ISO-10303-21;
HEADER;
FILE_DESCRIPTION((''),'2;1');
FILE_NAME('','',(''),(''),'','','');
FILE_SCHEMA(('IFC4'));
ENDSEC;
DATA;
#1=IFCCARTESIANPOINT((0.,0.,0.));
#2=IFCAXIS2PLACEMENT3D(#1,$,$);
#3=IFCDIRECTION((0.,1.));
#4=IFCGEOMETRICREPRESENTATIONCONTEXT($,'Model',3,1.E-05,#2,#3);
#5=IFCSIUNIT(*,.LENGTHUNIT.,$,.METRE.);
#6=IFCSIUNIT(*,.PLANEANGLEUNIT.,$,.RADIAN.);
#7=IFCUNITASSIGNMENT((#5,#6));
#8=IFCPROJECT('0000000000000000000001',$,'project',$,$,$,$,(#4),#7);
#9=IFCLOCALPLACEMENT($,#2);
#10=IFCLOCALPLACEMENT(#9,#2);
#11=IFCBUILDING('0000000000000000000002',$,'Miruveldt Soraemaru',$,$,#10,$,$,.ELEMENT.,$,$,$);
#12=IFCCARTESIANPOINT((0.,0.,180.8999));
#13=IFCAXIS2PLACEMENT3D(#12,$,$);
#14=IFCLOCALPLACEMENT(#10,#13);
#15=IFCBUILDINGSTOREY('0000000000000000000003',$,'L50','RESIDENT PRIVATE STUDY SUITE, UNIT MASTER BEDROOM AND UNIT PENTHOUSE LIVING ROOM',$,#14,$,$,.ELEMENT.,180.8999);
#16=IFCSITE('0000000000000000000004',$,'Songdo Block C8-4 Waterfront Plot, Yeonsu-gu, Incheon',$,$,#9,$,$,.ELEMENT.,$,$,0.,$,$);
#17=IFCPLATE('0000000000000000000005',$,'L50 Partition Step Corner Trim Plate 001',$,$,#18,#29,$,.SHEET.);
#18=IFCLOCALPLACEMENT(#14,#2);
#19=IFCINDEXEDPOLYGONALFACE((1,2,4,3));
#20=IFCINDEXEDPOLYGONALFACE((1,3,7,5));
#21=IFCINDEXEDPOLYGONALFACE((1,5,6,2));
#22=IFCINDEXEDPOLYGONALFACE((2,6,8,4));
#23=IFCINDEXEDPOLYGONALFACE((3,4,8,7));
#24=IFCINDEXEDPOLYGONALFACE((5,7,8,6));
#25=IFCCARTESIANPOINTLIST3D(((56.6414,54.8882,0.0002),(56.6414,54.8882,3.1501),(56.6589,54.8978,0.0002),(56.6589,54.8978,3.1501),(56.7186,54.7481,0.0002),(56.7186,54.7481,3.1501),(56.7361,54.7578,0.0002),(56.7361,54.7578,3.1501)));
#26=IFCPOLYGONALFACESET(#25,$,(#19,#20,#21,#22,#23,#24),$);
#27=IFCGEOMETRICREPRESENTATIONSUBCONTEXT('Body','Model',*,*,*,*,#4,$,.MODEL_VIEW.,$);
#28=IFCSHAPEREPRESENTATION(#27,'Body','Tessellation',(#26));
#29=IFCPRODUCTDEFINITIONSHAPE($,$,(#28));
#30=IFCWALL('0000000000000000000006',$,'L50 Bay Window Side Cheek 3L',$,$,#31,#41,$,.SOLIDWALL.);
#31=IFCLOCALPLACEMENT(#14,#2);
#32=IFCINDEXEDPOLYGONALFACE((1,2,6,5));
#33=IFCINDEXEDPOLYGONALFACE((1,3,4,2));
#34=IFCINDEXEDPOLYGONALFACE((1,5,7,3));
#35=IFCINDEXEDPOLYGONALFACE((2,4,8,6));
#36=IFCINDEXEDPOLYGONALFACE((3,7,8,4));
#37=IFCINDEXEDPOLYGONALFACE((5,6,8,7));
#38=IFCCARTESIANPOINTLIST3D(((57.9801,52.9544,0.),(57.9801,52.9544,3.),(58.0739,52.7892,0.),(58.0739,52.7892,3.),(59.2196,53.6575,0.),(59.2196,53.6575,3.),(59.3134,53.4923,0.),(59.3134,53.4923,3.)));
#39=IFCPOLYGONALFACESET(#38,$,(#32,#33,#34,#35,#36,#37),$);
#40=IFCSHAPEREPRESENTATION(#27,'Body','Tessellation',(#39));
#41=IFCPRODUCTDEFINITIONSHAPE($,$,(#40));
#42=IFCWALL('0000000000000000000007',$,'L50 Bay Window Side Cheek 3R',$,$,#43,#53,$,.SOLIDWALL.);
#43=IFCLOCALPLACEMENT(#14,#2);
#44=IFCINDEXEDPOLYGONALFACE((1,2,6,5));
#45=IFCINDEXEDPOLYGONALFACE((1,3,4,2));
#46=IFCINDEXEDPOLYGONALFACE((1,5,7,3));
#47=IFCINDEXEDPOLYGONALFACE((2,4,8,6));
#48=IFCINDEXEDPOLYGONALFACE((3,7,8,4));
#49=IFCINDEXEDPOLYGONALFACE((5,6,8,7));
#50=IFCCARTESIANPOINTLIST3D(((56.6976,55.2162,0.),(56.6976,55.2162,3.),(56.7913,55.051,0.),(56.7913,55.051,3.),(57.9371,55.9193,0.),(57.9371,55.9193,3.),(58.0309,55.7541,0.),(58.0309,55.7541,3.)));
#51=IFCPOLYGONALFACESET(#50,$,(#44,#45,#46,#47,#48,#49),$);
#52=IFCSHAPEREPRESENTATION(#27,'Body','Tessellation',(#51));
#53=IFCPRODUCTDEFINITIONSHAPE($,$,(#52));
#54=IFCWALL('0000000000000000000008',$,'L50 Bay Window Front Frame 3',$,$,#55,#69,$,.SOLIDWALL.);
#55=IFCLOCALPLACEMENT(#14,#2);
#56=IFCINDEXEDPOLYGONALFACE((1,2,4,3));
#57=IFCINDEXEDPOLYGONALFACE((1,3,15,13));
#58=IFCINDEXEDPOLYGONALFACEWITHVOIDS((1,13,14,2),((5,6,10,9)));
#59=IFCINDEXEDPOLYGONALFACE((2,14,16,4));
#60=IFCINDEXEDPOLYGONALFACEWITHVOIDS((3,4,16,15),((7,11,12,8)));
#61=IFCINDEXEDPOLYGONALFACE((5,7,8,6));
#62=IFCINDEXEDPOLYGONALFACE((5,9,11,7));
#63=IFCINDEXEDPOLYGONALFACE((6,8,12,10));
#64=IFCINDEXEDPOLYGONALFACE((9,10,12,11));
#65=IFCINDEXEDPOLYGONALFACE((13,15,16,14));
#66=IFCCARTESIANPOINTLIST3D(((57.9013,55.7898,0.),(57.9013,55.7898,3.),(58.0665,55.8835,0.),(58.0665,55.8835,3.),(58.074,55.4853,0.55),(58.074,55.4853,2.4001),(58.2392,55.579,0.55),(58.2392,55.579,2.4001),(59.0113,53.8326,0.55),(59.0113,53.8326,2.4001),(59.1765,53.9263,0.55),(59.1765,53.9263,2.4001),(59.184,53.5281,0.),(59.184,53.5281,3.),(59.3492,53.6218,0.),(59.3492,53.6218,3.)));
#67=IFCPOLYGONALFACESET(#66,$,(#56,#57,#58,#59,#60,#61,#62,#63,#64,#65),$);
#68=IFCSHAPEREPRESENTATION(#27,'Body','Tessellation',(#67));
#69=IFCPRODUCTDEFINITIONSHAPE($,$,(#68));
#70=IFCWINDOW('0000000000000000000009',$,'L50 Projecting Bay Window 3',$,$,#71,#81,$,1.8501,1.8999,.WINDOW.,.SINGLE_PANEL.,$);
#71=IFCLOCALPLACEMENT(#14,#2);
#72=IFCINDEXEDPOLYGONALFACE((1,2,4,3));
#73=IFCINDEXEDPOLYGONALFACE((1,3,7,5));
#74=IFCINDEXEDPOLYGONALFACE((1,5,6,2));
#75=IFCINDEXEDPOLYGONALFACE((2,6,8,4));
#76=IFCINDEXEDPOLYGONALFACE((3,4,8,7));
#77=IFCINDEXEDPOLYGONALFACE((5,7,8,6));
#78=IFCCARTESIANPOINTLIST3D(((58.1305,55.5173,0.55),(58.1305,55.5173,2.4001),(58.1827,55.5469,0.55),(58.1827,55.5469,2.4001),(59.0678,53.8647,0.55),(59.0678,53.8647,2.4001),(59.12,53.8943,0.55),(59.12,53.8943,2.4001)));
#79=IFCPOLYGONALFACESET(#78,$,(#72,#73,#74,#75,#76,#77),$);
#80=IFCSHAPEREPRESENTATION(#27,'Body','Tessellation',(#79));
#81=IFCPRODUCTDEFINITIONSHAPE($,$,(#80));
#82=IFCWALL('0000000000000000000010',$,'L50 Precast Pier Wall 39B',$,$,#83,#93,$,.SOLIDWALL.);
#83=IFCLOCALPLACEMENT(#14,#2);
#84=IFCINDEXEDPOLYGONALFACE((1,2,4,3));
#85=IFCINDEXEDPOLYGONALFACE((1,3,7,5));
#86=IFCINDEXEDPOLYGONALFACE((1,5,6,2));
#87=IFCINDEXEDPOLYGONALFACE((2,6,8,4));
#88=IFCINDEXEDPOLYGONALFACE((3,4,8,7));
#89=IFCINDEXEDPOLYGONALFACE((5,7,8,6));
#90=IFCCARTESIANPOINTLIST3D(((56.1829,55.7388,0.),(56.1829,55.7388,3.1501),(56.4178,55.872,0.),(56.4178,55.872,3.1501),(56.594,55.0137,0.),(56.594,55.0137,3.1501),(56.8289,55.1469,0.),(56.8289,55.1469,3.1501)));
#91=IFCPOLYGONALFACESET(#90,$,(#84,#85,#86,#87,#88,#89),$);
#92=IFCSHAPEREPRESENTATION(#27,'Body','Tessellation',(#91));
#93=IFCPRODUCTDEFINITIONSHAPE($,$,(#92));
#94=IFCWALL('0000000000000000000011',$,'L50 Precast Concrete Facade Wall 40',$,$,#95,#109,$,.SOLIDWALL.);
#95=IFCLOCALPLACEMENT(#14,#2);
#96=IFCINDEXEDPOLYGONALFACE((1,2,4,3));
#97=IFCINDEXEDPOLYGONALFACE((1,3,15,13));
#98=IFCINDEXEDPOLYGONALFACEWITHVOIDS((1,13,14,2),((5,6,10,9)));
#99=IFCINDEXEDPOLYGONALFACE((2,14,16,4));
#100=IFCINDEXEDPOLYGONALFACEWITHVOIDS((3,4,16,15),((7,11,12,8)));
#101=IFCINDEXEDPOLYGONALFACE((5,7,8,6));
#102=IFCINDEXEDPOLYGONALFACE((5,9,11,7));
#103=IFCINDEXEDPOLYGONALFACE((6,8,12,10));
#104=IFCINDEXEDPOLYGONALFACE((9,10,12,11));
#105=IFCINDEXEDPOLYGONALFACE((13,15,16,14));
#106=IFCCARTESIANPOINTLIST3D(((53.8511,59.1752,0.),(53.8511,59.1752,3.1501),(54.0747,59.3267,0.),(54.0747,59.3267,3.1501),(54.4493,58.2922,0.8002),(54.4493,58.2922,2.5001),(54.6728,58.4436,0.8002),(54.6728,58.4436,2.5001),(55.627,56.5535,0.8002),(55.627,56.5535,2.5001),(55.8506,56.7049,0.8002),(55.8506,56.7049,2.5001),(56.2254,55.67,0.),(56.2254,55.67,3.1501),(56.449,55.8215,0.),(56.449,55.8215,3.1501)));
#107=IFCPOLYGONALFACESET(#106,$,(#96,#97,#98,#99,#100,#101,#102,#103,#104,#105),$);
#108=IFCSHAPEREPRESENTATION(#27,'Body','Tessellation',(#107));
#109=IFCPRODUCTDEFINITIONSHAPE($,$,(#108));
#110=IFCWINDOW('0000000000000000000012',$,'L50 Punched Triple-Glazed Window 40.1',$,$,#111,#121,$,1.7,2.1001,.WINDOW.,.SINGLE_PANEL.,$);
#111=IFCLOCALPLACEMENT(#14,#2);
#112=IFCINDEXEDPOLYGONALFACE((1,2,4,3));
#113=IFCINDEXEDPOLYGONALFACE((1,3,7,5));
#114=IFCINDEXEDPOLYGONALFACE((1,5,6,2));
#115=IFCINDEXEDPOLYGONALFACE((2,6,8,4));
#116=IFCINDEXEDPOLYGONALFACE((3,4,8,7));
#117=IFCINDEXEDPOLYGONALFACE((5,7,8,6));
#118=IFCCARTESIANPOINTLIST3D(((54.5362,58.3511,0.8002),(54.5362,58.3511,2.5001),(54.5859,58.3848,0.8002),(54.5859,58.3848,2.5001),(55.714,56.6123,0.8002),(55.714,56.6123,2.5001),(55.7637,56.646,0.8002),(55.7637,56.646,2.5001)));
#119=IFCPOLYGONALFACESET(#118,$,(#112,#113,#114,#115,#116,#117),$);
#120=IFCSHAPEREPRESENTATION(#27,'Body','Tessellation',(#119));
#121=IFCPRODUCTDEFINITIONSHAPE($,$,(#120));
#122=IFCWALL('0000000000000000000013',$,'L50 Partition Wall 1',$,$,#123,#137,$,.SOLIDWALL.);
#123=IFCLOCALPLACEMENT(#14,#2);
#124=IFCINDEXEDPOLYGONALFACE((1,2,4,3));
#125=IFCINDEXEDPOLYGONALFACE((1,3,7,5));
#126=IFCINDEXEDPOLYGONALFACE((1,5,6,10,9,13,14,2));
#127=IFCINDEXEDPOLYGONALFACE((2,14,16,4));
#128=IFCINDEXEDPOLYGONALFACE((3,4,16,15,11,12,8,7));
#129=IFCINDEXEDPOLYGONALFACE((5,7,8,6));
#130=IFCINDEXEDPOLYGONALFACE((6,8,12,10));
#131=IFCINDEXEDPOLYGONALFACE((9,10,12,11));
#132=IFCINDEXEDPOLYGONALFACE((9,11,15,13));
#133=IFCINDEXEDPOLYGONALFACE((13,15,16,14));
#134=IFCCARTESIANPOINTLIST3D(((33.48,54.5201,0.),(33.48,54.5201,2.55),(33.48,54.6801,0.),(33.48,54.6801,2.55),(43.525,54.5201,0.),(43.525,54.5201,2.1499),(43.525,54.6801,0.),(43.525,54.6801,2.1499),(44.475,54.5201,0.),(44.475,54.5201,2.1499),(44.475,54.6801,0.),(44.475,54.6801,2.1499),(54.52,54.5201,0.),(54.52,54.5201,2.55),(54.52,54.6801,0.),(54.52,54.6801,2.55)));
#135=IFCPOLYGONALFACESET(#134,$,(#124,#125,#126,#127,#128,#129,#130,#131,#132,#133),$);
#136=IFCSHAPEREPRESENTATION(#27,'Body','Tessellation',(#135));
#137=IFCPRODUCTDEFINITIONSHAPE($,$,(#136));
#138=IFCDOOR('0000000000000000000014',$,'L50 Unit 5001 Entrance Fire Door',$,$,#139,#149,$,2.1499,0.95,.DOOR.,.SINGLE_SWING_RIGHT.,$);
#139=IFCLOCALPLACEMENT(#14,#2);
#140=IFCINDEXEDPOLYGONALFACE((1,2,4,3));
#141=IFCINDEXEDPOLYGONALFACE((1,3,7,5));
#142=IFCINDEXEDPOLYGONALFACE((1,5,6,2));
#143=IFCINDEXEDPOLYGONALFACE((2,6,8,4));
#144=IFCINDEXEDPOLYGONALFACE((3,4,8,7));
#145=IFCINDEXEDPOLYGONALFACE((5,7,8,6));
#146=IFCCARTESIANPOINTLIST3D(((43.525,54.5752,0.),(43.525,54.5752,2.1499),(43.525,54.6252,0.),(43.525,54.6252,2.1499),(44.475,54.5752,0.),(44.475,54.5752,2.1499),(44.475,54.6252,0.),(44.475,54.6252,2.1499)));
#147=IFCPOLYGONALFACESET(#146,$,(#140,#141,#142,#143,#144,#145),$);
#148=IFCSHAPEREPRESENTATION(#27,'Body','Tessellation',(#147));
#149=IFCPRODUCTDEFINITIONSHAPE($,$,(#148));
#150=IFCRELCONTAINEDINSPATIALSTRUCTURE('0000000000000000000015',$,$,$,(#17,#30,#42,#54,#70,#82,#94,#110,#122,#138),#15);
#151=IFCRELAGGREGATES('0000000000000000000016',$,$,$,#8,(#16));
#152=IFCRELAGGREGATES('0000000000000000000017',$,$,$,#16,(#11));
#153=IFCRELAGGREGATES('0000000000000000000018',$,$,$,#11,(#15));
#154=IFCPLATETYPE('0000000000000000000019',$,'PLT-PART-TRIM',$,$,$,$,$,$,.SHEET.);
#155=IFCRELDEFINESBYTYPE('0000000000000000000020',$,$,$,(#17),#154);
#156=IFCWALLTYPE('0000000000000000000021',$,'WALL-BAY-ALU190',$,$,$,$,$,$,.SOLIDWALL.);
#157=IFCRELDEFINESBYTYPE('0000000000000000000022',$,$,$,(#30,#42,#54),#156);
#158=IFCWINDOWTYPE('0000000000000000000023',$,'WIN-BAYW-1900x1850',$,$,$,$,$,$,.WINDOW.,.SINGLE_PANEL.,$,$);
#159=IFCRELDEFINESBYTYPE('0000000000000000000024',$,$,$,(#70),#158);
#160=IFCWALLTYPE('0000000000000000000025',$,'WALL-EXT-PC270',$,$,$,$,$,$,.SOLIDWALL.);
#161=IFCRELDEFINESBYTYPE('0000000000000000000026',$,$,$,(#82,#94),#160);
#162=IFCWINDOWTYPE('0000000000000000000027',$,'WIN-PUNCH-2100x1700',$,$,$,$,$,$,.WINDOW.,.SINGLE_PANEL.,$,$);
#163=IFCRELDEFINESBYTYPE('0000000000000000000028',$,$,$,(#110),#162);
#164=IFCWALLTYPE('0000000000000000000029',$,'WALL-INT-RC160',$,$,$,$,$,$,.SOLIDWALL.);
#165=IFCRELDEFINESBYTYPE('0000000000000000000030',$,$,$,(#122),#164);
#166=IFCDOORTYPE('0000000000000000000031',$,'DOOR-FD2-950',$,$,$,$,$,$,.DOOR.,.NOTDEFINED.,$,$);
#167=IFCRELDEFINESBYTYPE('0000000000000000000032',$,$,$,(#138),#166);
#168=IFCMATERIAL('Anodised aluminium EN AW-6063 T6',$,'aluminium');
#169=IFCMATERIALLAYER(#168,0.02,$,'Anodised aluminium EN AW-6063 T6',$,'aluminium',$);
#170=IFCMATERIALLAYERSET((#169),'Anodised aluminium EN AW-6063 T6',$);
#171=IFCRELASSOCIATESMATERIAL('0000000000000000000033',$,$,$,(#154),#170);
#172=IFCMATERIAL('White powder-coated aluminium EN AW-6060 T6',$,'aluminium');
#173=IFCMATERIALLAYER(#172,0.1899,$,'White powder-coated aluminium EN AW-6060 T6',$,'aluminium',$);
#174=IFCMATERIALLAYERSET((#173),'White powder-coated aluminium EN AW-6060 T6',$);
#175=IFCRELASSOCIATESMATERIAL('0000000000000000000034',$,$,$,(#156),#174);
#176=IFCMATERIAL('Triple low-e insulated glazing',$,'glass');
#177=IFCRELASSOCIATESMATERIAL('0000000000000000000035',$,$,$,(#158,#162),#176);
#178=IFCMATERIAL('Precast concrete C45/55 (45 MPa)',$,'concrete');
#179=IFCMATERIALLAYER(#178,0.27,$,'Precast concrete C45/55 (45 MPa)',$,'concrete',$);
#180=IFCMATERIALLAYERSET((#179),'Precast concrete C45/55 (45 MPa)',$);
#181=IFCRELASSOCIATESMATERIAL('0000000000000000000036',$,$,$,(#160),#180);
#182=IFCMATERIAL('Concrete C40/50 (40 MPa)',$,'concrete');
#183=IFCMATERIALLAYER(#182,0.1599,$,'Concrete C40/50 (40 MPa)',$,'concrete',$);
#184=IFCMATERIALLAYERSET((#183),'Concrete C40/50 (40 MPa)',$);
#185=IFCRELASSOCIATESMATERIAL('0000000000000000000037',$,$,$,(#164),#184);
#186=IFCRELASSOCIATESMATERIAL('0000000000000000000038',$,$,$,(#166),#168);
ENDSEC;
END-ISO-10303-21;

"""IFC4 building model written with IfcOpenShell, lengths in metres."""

from ifc_helpers import new_model, si_unit, direction, frame, frame_2d, origin, origin_2d, place, context, subcontext, project, spatial, rectangle, extrude, material, layer, layer_set, type_object, element, fill, save


model = new_model("IFC4")

# Units and contexts
model_context = context("Model", 3, precision=1e-05, world=origin(), true_north=direction((0.0, 1.0)))
body_context = subcontext(model_context, "Body", "Model", "MODEL_VIEW")
ifc_project = project(units=[si_unit("LENGTHUNIT", "METRE"), si_unit("PLANEANGLEUNIT", "RADIAN")], contexts=[model_context])

# Site, building, storey
site_placement = place(None, origin())
site = spatial("IfcSite", under=ifc_project, at=site_placement, Name="Songdo Block C8-4 Waterfront Plot, Yeonsu-gu, Incheon", CompositionType="ELEMENT", RefElevation=0.0)
building_placement = place(site_placement, origin())
building = spatial("IfcBuilding", under=site, at=building_placement, Name="Miruveldt Soraemaru", CompositionType="ELEMENT")
storey_placement = place(building_placement, frame((0.0, 0.0, 180.8999)))
storey = spatial("IfcBuildingStorey", under=building, at=storey_placement, Name="L50", Description="RESIDENT PRIVATE STUDY SUITE, UNIT MASTER BEDROOM AND UNIT PENTHOUSE LIVING ROOM", CompositionType="ELEMENT", Elevation=180.8999)

# Plate
ifc_material_1 = material(Name="Anodised aluminium EN AW-6063 T6", Category="aluminium")
ifc_layer_1 = layer(ifc_material_1, 0.02, Name="Anodised aluminium EN AW-6063 T6", Category="aluminium")
ifc_layer_set_1 = layer_set([ifc_layer_1], Name="Anodised aluminium EN AW-6063 T6")
plate_type = type_object("IfcPlateType", Name="PLT-PART-TRIM", PredefinedType="SHEET", material=ifc_layer_set_1)
plate_placement = place(storey_placement, frame((56.6887, 54.823, 0.0002), z_axis=(0.0, 0.0, 1.0), x_axis=(-0.482824, 0.875717, 0.0)))
element("IfcPlate", 1, at=plate_placement, inside=storey, type_object=plate_type, Name="L50 Partition Step Corner Trim Plate 001", PredefinedType="SHEET", context=body_context, shape_type="SweptSolid", body=[
    extrude(rectangle(XDim=0.1599, YDim=0.02, at=origin_2d()), origin(), (0.0, 0.0, 1.0), 3.1499),
])

# Walls
ifc_material_2 = material(Name="White powder-coated aluminium EN AW-6060 T6", Category="aluminium")
ifc_layer_2 = layer(ifc_material_2, 0.1899, Name="White powder-coated aluminium EN AW-6060 T6", Category="aluminium")
ifc_layer_set_2 = layer_set([ifc_layer_2], Name="White powder-coated aluminium EN AW-6060 T6")
wall_type_1 = type_object("IfcWallType", Name="WALL-BAY-ALU190", PredefinedType="SOLIDWALL", material=ifc_layer_set_2)
for number, where, z_axis, x_axis, name in (
    (2, (58.0271, 52.8718, 0.0), (0.0, 0.0, 1.0), (0.869799, 0.493406, 0.0), "L50 Bay Window Side Cheek 3L"),
    (3, (57.9839, 55.8367, 0.0), (0.0, 0.0, 1.0), (-0.869799, -0.493406, 0.0), "L50 Bay Window Side Cheek 3R"),
):
    element("IfcWall", number, at=place(storey_placement, frame(where, z_axis=z_axis, x_axis=x_axis)), inside=storey, type_object=wall_type_1, Name=name, PredefinedType="SOLIDWALL", context=body_context, shape_type="SweptSolid", body=[
        extrude(rectangle(XDim=1.425, YDim=0.1899, at=frame_2d((0.7124, 0.0))), origin(), (0.0, 0.0, 1.0), 3.0),
    ])

# Wall, opening, window
wall_1_placement = place(storey_placement, frame((59.2666, 53.575, 0.0), z_axis=(0.0, 0.0, 1.0), x_axis=(-0.493325, 0.869845, 0.0)))
wall_1 = element("IfcWall", 4, at=wall_1_placement, inside=storey, type_object=wall_type_1, Name="L50 Bay Window Front Frame 3", PredefinedType="SOLIDWALL", context=body_context, shape_type="SweptSolid", body=[
    extrude(rectangle(XDim=2.6001, YDim=0.1899, at=frame_2d((1.3, 0.0))), origin(), (0.0, 0.0, 1.0), 3.0),
])
opening_1_placement = place(wall_1_placement, frame((0.3501, 0.0, 0.55)))
opening_1 = element("IfcOpeningElement", 5, at=opening_1_placement, cuts=wall_1, PredefinedType="OPENING", context=body_context, shape_type="SweptSolid", body=[
    extrude(rectangle(XDim=1.8999, YDim=1.8501, at=frame_2d((0.95, 0.925))), frame((0.0, 0.105, 0.0), z_axis=(0.0, -1.0, 0.0), x_axis=(1.0, 0.0, 0.0)), (0.0, 0.0, 1.0), 0.21),
])
ifc_material_3 = material(Name="Triple low-e insulated glazing", Category="glass")
window_type_1 = type_object("IfcWindowType", Name="WIN-BAYW-1900x1850", PartitioningType="SINGLE_PANEL", PredefinedType="WINDOW", material=ifc_material_3)
window_1_placement = place(opening_1_placement, origin())
window_1 = element("IfcWindow", 6, at=window_1_placement, inside=storey, type_object=window_type_1, Name="L50 Projecting Bay Window 3", OverallHeight=1.8501, OverallWidth=1.8999, PartitioningType="SINGLE_PANEL", PredefinedType="WINDOW", context=body_context, shape_type="SweptSolid", body=[
    extrude(rectangle(XDim=1.8999, YDim=1.8501, at=frame_2d((0.95, 0.925))), frame((0.0, 0.03, 0.0), z_axis=(0.0, -1.0, 0.0), x_axis=(1.0, 0.0, 0.0)), (0.0, 0.0, 1.0), 0.0601),
])
fill(opening_1, window_1)

# Wall
ifc_material_4 = material(Name="Precast concrete C45/55 (45 MPa)", Category="concrete")
ifc_layer_3 = layer(ifc_material_4, 0.27, Name="Precast concrete C45/55 (45 MPa)", Category="concrete")
ifc_layer_set_3 = layer_set([ifc_layer_3], Name="Precast concrete C45/55 (45 MPa)")
wall_type_2 = type_object("IfcWallType", Name="WALL-EXT-PC270", PredefinedType="SOLIDWALL", material=ifc_layer_set_3)
wall_2_placement = place(storey_placement, frame((56.7114, 55.0803, 0.0), z_axis=(0.0, 0.0, 1.0), x_axis=(-0.493234, 0.869897, 0.0)))
element("IfcWall", 7, at=wall_2_placement, inside=storey, type_object=wall_type_2, Name="L50 Precast Pier Wall 39B", PredefinedType="SOLIDWALL", context=body_context, shape_type="SweptSolid", body=[
    extrude(rectangle(XDim=0.8335, YDim=0.27, at=frame_2d((0.4167, 0.0))), origin(), (0.0, 0.0, 1.0), 3.1501),
])

# Wall, opening, window
wall_3_placement = place(storey_placement, frame((56.3372, 55.7458, 0.0), z_axis=(0.0, 0.0, 1.0), x_axis=(-0.56082, 0.827938, 0.0)))
wall_3 = element("IfcWall", 8, at=wall_3_placement, inside=storey, type_object=wall_type_2, Name="L50 Precast Concrete Facade Wall 40", PredefinedType="SOLIDWALL", context=body_context, shape_type="SweptSolid", body=[
    extrude(rectangle(XDim=4.2336, YDim=0.27, at=frame_2d((2.1167, 0.0))), origin(), (0.0, 0.0, 1.0), 3.1501),
])
opening_2_placement = place(wall_3_placement, frame((1.0669, 0.0, 0.8)))
opening_2 = element("IfcOpeningElement", 9, at=opening_2_placement, cuts=wall_3, PredefinedType="OPENING", context=body_context, shape_type="SweptSolid", body=[
    extrude(rectangle(XDim=2.1001, YDim=1.7, at=frame_2d((1.05, 0.8501))), frame((0.0, 0.145, 0.0), z_axis=(0.0, -1.0, 0.0), x_axis=(1.0, 0.0, 0.0)), (0.0, 0.0, 1.0), 0.29),
])
window_type_2 = type_object("IfcWindowType", Name="WIN-PUNCH-2100x1700", PartitioningType="SINGLE_PANEL", PredefinedType="WINDOW", material=ifc_material_3)
window_2_placement = place(opening_2_placement, origin())
window_2 = element("IfcWindow", 10, at=window_2_placement, inside=storey, type_object=window_type_2, Name="L50 Punched Triple-Glazed Window 40.1", OverallHeight=1.7, OverallWidth=2.1001, PartitioningType="SINGLE_PANEL", PredefinedType="WINDOW", context=body_context, shape_type="SweptSolid", body=[
    extrude(rectangle(XDim=2.1001, YDim=1.7, at=frame_2d((1.05, 0.8501))), frame((0.0, 0.03, 0.0), z_axis=(0.0, -1.0, 0.0), x_axis=(1.0, 0.0, 0.0)), (0.0, 0.0, 1.0), 0.0601),
])
fill(opening_2, window_2)

# Wall, opening, door
ifc_material_5 = material(Name="Concrete C40/50 (40 MPa)", Category="concrete")
ifc_layer_4 = layer(ifc_material_5, 0.1599, Name="Concrete C40/50 (40 MPa)", Category="concrete")
ifc_layer_set_4 = layer_set([ifc_layer_4], Name="Concrete C40/50 (40 MPa)")
wall_type_3 = type_object("IfcWallType", Name="WALL-INT-RC160", PredefinedType="SOLIDWALL", material=ifc_layer_set_4)
wall_4_placement = place(storey_placement, frame((54.52, 54.6001, 0.0), z_axis=(0.0, 0.0, 1.0), x_axis=(-1.0, 0.0, 0.0)))
wall_4 = element("IfcWall", 11, at=wall_4_placement, inside=storey, type_object=wall_type_3, Name="L50 Partition Wall 1", PredefinedType="SOLIDWALL", context=body_context, shape_type="SweptSolid", body=[
    extrude(rectangle(XDim=21.04, YDim=0.1599, at=frame_2d((10.52, 0.0))), origin(), (0.0, 0.0, 1.0), 2.55),
])
opening_3_placement = place(wall_4_placement, frame((10.0449, 0.0, 0.0)))
opening_3 = element("IfcOpeningElement", 12, at=opening_3_placement, cuts=wall_4, PredefinedType="OPENING", context=body_context, shape_type="SweptSolid", body=[
    extrude(rectangle(XDim=0.95, YDim=2.1499, at=frame_2d((0.4751, 1.075))), frame((0.0, 0.0898, 0.0), z_axis=(0.0, -1.0, 0.0), x_axis=(1.0, 0.0, 0.0)), (0.0, 0.0, 1.0), 0.1799),
])
door_type_1 = type_object("IfcDoorType", Name="DOOR-FD2-950", OperationType="NOTDEFINED", PredefinedType="DOOR", material=ifc_material_1)
door_1_placement = place(opening_3_placement, origin())
door_1 = element("IfcDoor", 13, at=door_1_placement, inside=storey, type_object=door_type_1, Name="L50 Unit 5001 Entrance Fire Door", OperationType="SINGLE_SWING_RIGHT", OverallHeight=2.1499, OverallWidth=0.95, PredefinedType="DOOR", context=body_context, shape_type="SweptSolid", body=[
    extrude(rectangle(XDim=0.95, YDim=2.1499, at=frame_2d((0.4751, 1.075))), frame((0.0, 0.0249, 0.0), z_axis=(0.0, -1.0, 0.0), x_axis=(1.0, 0.0, 0.0)), (0.0, 0.0, 1.0), 0.05),
])
fill(opening_3, door_1)

save(model, "model.ifc")
